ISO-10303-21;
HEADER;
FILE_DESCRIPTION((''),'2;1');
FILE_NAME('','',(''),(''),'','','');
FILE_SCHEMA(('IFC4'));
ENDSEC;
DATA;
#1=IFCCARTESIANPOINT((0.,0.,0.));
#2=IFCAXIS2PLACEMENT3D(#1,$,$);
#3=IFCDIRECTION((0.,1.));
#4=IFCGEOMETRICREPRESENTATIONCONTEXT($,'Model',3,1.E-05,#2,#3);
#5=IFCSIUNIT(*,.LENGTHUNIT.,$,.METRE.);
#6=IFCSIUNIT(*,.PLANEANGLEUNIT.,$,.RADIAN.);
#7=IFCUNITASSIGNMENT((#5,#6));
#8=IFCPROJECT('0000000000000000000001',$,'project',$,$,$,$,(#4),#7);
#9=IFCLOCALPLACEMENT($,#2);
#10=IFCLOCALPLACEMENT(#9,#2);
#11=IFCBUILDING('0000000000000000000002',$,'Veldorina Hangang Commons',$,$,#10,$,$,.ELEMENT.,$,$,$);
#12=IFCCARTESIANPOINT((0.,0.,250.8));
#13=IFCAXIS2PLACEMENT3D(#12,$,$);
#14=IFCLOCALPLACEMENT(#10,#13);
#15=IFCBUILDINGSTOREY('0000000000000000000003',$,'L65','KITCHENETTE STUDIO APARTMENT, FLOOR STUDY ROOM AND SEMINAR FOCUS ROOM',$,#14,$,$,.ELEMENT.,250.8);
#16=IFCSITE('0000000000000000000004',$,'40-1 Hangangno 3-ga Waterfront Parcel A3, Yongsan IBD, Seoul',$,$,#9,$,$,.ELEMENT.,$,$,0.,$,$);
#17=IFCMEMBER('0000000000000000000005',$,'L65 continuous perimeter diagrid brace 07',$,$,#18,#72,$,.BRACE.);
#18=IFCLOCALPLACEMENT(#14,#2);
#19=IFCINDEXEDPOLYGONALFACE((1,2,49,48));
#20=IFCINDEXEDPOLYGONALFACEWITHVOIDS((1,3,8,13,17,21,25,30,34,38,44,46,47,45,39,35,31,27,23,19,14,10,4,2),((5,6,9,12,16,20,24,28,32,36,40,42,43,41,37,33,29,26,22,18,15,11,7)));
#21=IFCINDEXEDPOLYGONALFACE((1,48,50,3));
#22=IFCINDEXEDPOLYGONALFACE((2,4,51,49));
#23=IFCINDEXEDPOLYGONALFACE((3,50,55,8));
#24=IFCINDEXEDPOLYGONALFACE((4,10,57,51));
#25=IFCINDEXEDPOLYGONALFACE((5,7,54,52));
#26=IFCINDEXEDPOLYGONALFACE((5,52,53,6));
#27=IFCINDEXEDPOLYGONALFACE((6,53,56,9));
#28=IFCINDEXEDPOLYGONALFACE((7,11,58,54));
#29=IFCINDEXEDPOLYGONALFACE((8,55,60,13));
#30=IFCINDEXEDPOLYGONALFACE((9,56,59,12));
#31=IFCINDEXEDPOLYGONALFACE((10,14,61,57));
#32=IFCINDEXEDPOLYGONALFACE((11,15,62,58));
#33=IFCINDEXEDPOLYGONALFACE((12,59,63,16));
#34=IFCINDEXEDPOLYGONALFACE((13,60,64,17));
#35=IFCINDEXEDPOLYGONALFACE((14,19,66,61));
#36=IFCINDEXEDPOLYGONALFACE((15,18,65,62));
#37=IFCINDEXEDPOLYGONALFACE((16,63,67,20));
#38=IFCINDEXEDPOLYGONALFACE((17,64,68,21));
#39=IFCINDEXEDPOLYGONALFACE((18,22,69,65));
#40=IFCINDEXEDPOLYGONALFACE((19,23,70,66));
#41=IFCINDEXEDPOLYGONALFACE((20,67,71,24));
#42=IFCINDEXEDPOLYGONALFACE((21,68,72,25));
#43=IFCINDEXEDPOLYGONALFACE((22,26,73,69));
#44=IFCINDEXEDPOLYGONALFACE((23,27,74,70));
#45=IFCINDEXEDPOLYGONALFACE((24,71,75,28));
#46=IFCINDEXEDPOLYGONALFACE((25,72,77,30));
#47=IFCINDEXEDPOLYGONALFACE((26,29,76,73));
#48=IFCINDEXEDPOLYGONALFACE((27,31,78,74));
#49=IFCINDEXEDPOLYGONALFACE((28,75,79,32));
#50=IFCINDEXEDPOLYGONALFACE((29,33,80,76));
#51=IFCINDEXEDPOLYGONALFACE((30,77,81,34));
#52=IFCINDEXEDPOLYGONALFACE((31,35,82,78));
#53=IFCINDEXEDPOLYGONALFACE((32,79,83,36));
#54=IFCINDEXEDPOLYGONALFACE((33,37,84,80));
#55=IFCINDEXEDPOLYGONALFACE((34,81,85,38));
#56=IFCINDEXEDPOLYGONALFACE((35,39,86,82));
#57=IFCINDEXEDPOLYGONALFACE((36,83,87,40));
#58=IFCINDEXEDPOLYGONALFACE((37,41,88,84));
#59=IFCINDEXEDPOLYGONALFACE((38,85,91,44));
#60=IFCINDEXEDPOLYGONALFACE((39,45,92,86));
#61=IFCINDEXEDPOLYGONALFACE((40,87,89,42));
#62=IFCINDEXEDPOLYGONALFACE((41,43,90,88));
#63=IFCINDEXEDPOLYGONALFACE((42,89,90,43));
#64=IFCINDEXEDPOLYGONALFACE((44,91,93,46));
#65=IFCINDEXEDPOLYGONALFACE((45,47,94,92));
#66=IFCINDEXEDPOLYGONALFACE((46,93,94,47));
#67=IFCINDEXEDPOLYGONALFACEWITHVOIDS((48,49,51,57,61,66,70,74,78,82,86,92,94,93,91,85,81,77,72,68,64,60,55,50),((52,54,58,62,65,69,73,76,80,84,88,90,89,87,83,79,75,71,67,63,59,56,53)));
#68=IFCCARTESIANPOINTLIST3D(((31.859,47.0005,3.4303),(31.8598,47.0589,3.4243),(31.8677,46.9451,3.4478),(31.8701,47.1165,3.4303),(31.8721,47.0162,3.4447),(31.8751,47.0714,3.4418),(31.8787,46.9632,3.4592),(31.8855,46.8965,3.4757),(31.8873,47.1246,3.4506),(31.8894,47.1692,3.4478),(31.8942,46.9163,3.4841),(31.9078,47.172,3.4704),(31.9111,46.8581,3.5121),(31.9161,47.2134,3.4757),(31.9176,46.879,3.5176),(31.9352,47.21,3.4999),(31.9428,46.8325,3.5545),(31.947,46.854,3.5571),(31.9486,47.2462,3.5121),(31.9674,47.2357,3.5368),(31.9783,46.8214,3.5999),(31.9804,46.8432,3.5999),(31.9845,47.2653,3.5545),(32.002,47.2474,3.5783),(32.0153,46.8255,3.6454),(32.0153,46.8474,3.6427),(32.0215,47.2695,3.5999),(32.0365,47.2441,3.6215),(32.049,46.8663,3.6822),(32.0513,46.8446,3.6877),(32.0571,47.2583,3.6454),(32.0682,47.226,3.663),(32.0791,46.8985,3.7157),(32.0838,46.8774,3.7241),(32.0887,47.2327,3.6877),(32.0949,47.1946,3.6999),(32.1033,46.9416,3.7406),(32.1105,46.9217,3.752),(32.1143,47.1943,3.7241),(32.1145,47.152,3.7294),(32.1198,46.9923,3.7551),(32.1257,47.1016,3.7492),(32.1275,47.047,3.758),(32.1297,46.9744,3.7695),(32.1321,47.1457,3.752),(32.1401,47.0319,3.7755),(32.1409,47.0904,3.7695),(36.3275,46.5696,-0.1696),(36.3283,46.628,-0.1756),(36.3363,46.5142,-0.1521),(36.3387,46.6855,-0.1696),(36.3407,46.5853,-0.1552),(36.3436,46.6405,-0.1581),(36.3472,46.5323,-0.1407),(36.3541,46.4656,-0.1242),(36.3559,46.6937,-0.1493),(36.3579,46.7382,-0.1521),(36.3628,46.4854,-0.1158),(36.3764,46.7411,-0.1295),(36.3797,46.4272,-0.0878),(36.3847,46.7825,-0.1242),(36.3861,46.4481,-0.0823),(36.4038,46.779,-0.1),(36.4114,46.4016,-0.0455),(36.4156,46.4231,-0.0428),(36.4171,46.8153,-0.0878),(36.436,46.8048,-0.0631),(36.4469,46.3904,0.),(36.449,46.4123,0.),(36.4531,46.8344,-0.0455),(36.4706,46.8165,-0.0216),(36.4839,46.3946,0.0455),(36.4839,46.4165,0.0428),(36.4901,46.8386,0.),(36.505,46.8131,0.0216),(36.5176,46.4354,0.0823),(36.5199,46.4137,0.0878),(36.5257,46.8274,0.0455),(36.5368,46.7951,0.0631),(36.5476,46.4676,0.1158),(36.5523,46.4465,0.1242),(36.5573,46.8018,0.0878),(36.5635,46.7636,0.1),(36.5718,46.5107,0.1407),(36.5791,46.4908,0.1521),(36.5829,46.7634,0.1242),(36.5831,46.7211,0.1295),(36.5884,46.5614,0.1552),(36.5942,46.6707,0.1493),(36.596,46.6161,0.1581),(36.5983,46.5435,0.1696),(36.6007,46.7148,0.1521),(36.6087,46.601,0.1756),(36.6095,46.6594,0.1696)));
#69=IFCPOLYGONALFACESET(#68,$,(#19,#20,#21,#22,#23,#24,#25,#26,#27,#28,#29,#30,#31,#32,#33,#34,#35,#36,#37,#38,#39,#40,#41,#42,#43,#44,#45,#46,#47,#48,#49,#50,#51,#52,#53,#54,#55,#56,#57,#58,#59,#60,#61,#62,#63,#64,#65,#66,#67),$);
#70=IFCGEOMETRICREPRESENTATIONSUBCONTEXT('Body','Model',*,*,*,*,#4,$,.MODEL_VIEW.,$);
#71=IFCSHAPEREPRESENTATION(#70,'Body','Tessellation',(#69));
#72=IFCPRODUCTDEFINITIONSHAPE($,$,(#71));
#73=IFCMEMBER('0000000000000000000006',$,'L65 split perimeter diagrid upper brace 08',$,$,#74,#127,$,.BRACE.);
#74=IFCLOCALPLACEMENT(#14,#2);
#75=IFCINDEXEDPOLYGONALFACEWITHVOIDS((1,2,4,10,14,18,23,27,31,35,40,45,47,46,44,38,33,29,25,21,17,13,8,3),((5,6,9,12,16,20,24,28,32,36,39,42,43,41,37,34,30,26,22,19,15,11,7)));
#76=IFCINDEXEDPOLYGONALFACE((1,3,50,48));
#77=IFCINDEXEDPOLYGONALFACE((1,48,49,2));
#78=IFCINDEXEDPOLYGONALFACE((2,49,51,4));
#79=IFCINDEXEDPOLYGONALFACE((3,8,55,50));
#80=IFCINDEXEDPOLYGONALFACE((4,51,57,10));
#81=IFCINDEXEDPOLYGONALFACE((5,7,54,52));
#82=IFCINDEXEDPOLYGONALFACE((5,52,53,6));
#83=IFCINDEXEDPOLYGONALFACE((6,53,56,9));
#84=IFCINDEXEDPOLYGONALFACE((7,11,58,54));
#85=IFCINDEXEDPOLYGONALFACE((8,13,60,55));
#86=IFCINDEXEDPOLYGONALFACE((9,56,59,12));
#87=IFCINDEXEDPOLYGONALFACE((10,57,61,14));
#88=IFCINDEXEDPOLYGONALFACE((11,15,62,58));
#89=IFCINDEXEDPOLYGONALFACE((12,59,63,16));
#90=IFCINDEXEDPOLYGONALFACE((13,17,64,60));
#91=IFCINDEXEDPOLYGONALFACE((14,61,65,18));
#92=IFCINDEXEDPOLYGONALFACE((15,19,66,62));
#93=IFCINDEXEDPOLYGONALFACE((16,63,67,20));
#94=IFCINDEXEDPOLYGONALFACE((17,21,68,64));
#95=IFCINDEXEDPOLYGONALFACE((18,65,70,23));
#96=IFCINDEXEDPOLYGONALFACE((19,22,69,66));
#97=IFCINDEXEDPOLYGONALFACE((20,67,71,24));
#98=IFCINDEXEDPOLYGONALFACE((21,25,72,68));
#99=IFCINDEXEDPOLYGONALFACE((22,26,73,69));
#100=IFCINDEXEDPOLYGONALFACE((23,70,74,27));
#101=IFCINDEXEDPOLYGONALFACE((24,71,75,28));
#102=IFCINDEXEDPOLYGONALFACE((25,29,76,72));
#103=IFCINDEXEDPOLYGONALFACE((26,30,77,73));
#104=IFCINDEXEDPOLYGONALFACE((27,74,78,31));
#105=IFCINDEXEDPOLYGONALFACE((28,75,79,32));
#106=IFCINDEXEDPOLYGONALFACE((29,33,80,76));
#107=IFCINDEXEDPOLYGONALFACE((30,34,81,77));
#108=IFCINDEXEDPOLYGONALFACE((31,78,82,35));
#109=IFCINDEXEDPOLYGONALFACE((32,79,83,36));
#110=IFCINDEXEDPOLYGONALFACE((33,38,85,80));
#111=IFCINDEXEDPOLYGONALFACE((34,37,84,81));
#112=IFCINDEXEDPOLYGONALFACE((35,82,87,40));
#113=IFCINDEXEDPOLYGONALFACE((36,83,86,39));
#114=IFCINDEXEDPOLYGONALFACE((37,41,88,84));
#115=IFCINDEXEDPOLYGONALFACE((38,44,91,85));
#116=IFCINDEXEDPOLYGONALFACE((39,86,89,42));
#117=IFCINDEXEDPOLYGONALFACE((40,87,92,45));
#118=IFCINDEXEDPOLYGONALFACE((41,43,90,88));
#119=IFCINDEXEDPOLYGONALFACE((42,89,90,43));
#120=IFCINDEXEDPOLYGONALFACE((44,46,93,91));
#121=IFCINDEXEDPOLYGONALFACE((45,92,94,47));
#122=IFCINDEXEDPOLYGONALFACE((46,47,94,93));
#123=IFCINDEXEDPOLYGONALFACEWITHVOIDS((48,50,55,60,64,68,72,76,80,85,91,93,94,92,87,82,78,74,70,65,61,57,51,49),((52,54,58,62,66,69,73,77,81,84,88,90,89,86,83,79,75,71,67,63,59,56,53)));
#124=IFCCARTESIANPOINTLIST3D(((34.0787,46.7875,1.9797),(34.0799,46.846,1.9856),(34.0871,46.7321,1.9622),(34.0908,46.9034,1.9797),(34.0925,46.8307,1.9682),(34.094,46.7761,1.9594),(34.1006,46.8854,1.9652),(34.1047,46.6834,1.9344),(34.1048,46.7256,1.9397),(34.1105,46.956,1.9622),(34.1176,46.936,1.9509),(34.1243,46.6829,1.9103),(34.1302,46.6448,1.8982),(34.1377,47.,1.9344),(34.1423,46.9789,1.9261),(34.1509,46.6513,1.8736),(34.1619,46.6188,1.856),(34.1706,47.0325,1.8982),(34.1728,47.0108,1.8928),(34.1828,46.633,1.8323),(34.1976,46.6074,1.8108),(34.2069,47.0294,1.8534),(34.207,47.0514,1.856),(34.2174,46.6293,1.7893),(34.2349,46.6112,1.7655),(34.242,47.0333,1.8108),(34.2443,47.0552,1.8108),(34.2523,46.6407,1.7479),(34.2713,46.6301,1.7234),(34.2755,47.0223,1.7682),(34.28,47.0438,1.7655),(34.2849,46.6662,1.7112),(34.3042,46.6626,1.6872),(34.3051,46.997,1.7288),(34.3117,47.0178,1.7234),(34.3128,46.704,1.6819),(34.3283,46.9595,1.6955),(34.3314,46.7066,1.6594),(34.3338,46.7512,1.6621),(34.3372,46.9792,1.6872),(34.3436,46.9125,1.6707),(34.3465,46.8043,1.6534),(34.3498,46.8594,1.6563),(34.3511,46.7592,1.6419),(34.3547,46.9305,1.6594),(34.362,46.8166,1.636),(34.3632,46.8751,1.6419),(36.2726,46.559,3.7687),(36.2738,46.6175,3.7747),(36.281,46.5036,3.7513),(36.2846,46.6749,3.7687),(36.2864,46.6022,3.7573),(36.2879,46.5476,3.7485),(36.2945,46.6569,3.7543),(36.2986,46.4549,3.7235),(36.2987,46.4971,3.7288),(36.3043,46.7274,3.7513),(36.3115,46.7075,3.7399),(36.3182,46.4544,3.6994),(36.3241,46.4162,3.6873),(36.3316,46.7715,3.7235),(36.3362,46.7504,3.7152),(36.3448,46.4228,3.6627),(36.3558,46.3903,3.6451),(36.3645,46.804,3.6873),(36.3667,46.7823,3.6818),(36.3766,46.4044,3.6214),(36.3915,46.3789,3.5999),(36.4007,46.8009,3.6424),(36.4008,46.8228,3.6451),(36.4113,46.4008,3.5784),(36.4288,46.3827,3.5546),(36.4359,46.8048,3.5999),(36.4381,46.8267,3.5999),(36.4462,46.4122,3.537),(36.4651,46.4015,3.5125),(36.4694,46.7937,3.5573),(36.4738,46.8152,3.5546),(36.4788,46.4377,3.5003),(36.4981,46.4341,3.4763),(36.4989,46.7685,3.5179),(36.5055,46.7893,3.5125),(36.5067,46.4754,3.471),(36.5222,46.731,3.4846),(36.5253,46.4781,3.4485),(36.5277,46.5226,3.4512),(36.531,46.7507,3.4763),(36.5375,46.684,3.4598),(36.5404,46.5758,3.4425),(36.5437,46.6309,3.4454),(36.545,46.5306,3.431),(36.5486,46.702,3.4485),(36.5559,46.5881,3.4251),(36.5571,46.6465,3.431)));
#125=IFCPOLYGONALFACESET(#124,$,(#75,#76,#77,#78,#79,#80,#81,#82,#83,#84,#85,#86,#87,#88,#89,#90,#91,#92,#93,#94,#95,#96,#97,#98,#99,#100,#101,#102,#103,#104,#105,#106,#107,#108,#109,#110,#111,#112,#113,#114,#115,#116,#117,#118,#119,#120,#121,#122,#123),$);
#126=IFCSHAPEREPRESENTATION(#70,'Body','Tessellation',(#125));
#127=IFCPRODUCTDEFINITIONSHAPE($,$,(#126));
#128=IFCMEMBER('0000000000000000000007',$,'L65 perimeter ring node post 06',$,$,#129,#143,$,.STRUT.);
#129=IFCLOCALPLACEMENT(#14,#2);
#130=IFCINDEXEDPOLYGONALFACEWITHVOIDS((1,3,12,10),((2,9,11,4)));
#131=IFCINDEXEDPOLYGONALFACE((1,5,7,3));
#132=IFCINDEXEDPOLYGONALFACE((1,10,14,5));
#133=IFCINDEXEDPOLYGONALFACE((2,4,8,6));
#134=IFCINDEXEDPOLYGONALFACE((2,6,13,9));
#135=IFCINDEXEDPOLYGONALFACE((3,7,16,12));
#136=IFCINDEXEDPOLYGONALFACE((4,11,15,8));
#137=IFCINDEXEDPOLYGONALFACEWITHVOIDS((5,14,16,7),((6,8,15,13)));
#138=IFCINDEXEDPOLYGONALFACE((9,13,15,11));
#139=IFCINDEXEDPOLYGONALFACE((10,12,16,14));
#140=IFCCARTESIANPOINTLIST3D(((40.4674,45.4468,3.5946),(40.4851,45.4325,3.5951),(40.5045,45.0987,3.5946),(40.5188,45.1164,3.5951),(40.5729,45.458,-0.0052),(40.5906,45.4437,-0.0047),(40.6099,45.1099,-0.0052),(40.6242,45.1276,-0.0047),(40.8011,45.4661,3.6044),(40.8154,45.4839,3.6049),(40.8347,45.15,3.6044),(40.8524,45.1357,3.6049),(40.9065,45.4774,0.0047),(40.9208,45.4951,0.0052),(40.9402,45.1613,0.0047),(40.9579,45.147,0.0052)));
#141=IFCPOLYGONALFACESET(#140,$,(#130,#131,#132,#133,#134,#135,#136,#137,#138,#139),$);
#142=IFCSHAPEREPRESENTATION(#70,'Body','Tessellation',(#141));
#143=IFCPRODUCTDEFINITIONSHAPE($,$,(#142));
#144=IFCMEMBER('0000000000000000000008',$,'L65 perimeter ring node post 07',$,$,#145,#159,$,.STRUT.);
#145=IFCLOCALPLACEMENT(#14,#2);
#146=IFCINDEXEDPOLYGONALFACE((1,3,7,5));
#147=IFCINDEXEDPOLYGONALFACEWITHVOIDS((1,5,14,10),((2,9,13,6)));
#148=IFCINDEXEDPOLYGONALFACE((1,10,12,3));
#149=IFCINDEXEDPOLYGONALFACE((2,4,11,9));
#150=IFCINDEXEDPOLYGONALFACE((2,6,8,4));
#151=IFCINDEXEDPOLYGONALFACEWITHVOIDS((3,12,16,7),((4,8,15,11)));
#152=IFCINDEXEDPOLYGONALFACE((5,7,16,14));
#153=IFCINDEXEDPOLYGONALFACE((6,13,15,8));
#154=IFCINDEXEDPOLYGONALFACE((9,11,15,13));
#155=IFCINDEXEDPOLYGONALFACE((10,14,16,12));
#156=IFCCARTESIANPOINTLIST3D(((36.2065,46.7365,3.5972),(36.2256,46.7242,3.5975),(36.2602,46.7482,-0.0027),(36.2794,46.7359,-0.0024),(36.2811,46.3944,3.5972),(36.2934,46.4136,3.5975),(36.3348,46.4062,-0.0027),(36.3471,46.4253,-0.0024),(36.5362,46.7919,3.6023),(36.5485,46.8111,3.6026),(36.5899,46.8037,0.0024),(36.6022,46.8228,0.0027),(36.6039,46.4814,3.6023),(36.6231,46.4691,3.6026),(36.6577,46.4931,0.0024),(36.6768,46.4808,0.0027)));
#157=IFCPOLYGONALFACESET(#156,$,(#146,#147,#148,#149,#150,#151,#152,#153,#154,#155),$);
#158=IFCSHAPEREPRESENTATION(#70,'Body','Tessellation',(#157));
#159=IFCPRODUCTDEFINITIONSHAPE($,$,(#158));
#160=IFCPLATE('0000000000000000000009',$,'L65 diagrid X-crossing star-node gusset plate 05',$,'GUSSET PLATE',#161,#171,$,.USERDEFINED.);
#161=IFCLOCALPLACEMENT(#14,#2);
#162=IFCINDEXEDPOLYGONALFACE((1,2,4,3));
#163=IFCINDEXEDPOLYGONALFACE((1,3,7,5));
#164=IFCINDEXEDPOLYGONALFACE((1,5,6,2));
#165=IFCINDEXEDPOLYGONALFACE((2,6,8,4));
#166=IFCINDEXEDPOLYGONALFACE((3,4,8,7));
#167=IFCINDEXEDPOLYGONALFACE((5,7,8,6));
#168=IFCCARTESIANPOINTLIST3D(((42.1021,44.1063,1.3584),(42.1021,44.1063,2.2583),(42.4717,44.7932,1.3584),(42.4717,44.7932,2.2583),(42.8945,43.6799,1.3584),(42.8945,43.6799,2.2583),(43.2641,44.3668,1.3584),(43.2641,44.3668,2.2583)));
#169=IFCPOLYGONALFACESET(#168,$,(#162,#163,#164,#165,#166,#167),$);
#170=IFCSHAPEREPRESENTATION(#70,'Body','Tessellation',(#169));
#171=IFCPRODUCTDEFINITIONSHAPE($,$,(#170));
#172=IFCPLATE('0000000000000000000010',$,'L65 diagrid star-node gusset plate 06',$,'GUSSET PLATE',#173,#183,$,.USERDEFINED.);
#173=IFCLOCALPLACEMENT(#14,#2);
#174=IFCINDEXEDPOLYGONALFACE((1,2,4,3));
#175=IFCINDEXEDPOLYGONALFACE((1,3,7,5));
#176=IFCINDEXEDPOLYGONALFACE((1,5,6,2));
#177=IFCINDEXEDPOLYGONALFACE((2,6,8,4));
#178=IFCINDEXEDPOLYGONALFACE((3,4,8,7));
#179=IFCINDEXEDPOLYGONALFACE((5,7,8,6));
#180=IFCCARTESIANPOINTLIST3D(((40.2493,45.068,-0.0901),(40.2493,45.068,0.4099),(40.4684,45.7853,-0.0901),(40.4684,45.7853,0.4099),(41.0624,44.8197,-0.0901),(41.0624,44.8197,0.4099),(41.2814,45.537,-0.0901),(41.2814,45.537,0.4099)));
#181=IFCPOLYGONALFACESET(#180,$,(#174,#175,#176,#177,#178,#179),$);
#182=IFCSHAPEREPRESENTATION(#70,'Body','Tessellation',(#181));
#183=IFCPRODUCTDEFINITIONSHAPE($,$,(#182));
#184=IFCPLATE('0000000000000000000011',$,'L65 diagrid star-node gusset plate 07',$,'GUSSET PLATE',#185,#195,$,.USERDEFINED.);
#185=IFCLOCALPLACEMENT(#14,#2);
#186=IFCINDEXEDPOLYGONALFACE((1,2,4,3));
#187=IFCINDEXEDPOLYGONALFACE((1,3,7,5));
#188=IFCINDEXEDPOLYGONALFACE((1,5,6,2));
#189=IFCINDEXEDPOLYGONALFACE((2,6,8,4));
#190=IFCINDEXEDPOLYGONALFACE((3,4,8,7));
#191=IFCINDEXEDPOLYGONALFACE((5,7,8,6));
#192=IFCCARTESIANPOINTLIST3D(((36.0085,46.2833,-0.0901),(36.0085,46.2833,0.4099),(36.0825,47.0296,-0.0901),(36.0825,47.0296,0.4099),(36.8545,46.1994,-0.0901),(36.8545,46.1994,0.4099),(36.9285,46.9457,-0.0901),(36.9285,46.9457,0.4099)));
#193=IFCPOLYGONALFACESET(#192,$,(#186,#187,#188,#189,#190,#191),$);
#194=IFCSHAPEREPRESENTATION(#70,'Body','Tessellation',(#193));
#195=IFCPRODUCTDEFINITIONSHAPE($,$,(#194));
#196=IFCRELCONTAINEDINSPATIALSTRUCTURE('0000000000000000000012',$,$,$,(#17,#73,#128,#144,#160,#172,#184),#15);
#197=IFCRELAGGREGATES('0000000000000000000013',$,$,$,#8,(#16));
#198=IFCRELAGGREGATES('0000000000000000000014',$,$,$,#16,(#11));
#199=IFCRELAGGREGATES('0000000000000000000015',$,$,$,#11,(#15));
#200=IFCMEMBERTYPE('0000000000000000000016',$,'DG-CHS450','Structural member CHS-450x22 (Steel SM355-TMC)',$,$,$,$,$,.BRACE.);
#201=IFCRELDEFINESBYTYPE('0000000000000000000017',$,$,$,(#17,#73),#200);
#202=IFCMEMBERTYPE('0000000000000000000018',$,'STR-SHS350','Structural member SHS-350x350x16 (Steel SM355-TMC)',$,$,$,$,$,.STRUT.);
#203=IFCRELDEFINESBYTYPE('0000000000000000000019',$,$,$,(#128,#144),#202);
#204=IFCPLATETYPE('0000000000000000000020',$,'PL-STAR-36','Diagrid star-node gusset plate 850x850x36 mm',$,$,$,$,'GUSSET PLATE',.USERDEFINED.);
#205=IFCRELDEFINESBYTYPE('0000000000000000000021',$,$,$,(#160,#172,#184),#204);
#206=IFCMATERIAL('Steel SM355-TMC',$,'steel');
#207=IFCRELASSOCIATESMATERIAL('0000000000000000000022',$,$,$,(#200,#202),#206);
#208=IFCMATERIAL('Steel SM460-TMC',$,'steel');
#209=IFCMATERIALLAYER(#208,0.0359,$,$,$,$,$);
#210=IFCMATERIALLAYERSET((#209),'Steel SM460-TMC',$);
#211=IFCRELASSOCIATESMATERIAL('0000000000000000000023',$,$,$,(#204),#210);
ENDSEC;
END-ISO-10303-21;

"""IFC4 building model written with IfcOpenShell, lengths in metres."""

from ifc_helpers import new_model, si_unit, direction, frame, origin, origin_2d, place, context, subcontext, project, spatial, rectangle, hollow_rectangle, hollow_circle, extrude, material, layer, layer_set, material_profile, profile_set, type_object, element, save


model = new_model("IFC4")

# Units and contexts
model_context = context("Model", 3, precision=1e-05, world=origin(), true_north=direction((0.0, 1.0)))
body_context = subcontext(model_context, "Body", "Model", "MODEL_VIEW")
ifc_project = project(units=[si_unit("LENGTHUNIT", "METRE"), si_unit("PLANEANGLEUNIT", "RADIAN")], contexts=[model_context])

# Site, building, storey
site_placement = place(None, origin())
site = spatial("IfcSite", under=ifc_project, at=site_placement, Name="40-1 Hangangno 3-ga Waterfront Parcel A3, Yongsan IBD, Seoul", CompositionType="ELEMENT", RefElevation=0.0)
building_placement = place(site_placement, origin())
building = spatial("IfcBuilding", under=site, at=building_placement, Name="Veldorina Hangang Commons", CompositionType="ELEMENT")
storey_placement = place(building_placement, frame((0.0, 0.0, 250.8)))
storey = spatial("IfcBuildingStorey", under=building, at=storey_placement, Name="L65", Description="KITCHENETTE STUDIO APARTMENT, FLOOR STUDY ROOM AND SEMINAR FOCUS ROOM", CompositionType="ELEMENT", Elevation=250.8)

# Shared definitions
ifc_material_1 = material(Name="Steel SM355-TMC", Category="steel")

# Members
ifc_material_profile_1 = material_profile(ifc_material_1, hollow_circle(Radius=0.2251, WallThickness=0.022, at=origin_2d()), Name="CHS-450x22")
ifc_profile_set_1 = profile_set([ifc_material_profile_1], Name="Steel SM355-TMC")
member_type_1 = type_object("IfcMemberType", Name="DG-CHS450", Description="Structural member CHS-450x22 (Steel SM355-TMC)", PredefinedType="BRACE", material=ifc_profile_set_1)
member_1_placement = place(storey_placement, frame((36.4685, 46.6145, 0.0), z_axis=(-0.776548, 0.074884, 0.625592), x_axis=(-0.095987, -0.995383, 0.0)))
element("IfcMember", 1, at=member_1_placement, inside=storey, type_object=member_type_1, Name="L65 continuous perimeter diagrid brace 07", PredefinedType="BRACE", context=body_context, shape_type="SweptSolid", body=[
    extrude(hollow_circle(Radius=0.2251, WallThickness=0.022, at=origin_2d()), origin(), (0.0, 0.0, 1.0), 5.7544),
])
member_2_placement = place(storey_placement, frame((34.2209, 46.8313, 1.8108), z_axis=(0.772466, -0.080462, 0.629939), x_axis=(0.103602, 0.994619, 0.0)))
element("IfcMember", 2, at=member_2_placement, inside=storey, type_object=member_type_1, Name="L65 split perimeter diagrid upper brace 08", PredefinedType="BRACE", context=body_context, shape_type="SweptSolid", body=[
    extrude(hollow_circle(Radius=0.2251, WallThickness=0.022, at=origin_2d()), origin(), (0.0, 0.0, 1.0), 2.8401),
])
ifc_material_profile_2 = material_profile(ifc_material_1, hollow_rectangle(XDim=0.3501, YDim=0.3501, WallThickness=0.0161, at=origin_2d()), Name="SHS-350x350x16")
ifc_profile_set_2 = profile_set([ifc_material_profile_2], Name="Steel SM355-TMC")
member_type_2 = type_object("IfcMemberType", Name="STR-SHS350", Description="Structural member SHS-350x350x16 (Steel SM355-TMC)", PredefinedType="STRUT", material=ifc_profile_set_2)
member_3_placement = place(storey_placement, frame((40.7654, 45.3025, 0.0), z_axis=(-0.029285, -0.003118, 0.999566), x_axis=(0.105883, -0.994379, 0.0)))
element("IfcMember", 3, at=member_3_placement, inside=storey, type_object=member_type_2, Name="L65 perimeter ring node post 06", PredefinedType="STRUT", context=body_context, shape_type="SweptSolid", body=[
    extrude(hollow_rectangle(XDim=0.3501, YDim=0.3501, WallThickness=0.0161, at=origin_2d()), origin(), (0.0, 0.0, 1.0), 3.6013),
])
member_4_placement = place(storey_placement, frame((36.4685, 46.6145, 0.0), z_axis=(-0.014919, -0.003255, 0.999883), x_axis=(0.213167, -0.977016, 0.0)))
element("IfcMember", 4, at=member_4_placement, inside=storey, type_object=member_type_2, Name="L65 perimeter ring node post 07", PredefinedType="STRUT", context=body_context, shape_type="SweptSolid", body=[
    extrude(hollow_rectangle(XDim=0.3501, YDim=0.3501, WallThickness=0.0161, at=origin_2d()), origin(), (0.0, 0.0, 1.0), 3.6003),
])

# Plates
ifc_material_2 = material(Name="Steel SM460-TMC", Category="steel")
ifc_layer_1 = layer(ifc_material_2, 0.0359)
ifc_layer_set_1 = layer_set([ifc_layer_1], Name="Steel SM460-TMC")
plate_type = type_object("IfcPlateType", Name="PL-STAR-36", Description="Diagrid star-node gusset plate 850x850x36 mm", ElementType="GUSSET PLATE", PredefinedType="USERDEFINED", material=ifc_layer_set_1)
plate_1_placement = place(storey_placement, frame((42.6831, 44.2366, 1.3584), z_axis=(0.0, 0.0, 1.0), x_axis=(-0.880618, 0.473827, 0.0)))
element("IfcPlate", 5, at=plate_1_placement, inside=storey, type_object=plate_type, Name="L65 diagrid X-crossing star-node gusset plate 05", ObjectType="GUSSET PLATE", PredefinedType="USERDEFINED", context=body_context, shape_type="SweptSolid", body=[
    extrude(rectangle(XDim=0.8999, YDim=0.78, at=origin_2d()), origin(), (0.0, 0.0, 1.0), 0.8999),
])
for number, where, z_axis, x_axis, name in (
    (6, (40.7654, 45.3025, -0.0901), (0.0, 0.0, 1.0), (-0.956397, 0.292071, 0.0), "L65 diagrid star-node gusset plate 06"),
    (7, (36.4685, 46.6145, -0.0901), (0.0, 0.0, 1.0), (-0.995121, 0.09866, 0.0), "L65 diagrid star-node gusset plate 07"),
):
    element("IfcPlate", number, at=place(storey_placement, frame(where, z_axis=z_axis, x_axis=x_axis)), inside=storey, type_object=plate_type, Name=name, ObjectType="GUSSET PLATE", PredefinedType="USERDEFINED", context=body_context, shape_type="SweptSolid", body=[
        extrude(rectangle(XDim=0.8501, YDim=0.75, at=origin_2d()), origin(), (0.0, 0.0, 1.0), 0.5),
    ])

save(model, "model.ifc")
